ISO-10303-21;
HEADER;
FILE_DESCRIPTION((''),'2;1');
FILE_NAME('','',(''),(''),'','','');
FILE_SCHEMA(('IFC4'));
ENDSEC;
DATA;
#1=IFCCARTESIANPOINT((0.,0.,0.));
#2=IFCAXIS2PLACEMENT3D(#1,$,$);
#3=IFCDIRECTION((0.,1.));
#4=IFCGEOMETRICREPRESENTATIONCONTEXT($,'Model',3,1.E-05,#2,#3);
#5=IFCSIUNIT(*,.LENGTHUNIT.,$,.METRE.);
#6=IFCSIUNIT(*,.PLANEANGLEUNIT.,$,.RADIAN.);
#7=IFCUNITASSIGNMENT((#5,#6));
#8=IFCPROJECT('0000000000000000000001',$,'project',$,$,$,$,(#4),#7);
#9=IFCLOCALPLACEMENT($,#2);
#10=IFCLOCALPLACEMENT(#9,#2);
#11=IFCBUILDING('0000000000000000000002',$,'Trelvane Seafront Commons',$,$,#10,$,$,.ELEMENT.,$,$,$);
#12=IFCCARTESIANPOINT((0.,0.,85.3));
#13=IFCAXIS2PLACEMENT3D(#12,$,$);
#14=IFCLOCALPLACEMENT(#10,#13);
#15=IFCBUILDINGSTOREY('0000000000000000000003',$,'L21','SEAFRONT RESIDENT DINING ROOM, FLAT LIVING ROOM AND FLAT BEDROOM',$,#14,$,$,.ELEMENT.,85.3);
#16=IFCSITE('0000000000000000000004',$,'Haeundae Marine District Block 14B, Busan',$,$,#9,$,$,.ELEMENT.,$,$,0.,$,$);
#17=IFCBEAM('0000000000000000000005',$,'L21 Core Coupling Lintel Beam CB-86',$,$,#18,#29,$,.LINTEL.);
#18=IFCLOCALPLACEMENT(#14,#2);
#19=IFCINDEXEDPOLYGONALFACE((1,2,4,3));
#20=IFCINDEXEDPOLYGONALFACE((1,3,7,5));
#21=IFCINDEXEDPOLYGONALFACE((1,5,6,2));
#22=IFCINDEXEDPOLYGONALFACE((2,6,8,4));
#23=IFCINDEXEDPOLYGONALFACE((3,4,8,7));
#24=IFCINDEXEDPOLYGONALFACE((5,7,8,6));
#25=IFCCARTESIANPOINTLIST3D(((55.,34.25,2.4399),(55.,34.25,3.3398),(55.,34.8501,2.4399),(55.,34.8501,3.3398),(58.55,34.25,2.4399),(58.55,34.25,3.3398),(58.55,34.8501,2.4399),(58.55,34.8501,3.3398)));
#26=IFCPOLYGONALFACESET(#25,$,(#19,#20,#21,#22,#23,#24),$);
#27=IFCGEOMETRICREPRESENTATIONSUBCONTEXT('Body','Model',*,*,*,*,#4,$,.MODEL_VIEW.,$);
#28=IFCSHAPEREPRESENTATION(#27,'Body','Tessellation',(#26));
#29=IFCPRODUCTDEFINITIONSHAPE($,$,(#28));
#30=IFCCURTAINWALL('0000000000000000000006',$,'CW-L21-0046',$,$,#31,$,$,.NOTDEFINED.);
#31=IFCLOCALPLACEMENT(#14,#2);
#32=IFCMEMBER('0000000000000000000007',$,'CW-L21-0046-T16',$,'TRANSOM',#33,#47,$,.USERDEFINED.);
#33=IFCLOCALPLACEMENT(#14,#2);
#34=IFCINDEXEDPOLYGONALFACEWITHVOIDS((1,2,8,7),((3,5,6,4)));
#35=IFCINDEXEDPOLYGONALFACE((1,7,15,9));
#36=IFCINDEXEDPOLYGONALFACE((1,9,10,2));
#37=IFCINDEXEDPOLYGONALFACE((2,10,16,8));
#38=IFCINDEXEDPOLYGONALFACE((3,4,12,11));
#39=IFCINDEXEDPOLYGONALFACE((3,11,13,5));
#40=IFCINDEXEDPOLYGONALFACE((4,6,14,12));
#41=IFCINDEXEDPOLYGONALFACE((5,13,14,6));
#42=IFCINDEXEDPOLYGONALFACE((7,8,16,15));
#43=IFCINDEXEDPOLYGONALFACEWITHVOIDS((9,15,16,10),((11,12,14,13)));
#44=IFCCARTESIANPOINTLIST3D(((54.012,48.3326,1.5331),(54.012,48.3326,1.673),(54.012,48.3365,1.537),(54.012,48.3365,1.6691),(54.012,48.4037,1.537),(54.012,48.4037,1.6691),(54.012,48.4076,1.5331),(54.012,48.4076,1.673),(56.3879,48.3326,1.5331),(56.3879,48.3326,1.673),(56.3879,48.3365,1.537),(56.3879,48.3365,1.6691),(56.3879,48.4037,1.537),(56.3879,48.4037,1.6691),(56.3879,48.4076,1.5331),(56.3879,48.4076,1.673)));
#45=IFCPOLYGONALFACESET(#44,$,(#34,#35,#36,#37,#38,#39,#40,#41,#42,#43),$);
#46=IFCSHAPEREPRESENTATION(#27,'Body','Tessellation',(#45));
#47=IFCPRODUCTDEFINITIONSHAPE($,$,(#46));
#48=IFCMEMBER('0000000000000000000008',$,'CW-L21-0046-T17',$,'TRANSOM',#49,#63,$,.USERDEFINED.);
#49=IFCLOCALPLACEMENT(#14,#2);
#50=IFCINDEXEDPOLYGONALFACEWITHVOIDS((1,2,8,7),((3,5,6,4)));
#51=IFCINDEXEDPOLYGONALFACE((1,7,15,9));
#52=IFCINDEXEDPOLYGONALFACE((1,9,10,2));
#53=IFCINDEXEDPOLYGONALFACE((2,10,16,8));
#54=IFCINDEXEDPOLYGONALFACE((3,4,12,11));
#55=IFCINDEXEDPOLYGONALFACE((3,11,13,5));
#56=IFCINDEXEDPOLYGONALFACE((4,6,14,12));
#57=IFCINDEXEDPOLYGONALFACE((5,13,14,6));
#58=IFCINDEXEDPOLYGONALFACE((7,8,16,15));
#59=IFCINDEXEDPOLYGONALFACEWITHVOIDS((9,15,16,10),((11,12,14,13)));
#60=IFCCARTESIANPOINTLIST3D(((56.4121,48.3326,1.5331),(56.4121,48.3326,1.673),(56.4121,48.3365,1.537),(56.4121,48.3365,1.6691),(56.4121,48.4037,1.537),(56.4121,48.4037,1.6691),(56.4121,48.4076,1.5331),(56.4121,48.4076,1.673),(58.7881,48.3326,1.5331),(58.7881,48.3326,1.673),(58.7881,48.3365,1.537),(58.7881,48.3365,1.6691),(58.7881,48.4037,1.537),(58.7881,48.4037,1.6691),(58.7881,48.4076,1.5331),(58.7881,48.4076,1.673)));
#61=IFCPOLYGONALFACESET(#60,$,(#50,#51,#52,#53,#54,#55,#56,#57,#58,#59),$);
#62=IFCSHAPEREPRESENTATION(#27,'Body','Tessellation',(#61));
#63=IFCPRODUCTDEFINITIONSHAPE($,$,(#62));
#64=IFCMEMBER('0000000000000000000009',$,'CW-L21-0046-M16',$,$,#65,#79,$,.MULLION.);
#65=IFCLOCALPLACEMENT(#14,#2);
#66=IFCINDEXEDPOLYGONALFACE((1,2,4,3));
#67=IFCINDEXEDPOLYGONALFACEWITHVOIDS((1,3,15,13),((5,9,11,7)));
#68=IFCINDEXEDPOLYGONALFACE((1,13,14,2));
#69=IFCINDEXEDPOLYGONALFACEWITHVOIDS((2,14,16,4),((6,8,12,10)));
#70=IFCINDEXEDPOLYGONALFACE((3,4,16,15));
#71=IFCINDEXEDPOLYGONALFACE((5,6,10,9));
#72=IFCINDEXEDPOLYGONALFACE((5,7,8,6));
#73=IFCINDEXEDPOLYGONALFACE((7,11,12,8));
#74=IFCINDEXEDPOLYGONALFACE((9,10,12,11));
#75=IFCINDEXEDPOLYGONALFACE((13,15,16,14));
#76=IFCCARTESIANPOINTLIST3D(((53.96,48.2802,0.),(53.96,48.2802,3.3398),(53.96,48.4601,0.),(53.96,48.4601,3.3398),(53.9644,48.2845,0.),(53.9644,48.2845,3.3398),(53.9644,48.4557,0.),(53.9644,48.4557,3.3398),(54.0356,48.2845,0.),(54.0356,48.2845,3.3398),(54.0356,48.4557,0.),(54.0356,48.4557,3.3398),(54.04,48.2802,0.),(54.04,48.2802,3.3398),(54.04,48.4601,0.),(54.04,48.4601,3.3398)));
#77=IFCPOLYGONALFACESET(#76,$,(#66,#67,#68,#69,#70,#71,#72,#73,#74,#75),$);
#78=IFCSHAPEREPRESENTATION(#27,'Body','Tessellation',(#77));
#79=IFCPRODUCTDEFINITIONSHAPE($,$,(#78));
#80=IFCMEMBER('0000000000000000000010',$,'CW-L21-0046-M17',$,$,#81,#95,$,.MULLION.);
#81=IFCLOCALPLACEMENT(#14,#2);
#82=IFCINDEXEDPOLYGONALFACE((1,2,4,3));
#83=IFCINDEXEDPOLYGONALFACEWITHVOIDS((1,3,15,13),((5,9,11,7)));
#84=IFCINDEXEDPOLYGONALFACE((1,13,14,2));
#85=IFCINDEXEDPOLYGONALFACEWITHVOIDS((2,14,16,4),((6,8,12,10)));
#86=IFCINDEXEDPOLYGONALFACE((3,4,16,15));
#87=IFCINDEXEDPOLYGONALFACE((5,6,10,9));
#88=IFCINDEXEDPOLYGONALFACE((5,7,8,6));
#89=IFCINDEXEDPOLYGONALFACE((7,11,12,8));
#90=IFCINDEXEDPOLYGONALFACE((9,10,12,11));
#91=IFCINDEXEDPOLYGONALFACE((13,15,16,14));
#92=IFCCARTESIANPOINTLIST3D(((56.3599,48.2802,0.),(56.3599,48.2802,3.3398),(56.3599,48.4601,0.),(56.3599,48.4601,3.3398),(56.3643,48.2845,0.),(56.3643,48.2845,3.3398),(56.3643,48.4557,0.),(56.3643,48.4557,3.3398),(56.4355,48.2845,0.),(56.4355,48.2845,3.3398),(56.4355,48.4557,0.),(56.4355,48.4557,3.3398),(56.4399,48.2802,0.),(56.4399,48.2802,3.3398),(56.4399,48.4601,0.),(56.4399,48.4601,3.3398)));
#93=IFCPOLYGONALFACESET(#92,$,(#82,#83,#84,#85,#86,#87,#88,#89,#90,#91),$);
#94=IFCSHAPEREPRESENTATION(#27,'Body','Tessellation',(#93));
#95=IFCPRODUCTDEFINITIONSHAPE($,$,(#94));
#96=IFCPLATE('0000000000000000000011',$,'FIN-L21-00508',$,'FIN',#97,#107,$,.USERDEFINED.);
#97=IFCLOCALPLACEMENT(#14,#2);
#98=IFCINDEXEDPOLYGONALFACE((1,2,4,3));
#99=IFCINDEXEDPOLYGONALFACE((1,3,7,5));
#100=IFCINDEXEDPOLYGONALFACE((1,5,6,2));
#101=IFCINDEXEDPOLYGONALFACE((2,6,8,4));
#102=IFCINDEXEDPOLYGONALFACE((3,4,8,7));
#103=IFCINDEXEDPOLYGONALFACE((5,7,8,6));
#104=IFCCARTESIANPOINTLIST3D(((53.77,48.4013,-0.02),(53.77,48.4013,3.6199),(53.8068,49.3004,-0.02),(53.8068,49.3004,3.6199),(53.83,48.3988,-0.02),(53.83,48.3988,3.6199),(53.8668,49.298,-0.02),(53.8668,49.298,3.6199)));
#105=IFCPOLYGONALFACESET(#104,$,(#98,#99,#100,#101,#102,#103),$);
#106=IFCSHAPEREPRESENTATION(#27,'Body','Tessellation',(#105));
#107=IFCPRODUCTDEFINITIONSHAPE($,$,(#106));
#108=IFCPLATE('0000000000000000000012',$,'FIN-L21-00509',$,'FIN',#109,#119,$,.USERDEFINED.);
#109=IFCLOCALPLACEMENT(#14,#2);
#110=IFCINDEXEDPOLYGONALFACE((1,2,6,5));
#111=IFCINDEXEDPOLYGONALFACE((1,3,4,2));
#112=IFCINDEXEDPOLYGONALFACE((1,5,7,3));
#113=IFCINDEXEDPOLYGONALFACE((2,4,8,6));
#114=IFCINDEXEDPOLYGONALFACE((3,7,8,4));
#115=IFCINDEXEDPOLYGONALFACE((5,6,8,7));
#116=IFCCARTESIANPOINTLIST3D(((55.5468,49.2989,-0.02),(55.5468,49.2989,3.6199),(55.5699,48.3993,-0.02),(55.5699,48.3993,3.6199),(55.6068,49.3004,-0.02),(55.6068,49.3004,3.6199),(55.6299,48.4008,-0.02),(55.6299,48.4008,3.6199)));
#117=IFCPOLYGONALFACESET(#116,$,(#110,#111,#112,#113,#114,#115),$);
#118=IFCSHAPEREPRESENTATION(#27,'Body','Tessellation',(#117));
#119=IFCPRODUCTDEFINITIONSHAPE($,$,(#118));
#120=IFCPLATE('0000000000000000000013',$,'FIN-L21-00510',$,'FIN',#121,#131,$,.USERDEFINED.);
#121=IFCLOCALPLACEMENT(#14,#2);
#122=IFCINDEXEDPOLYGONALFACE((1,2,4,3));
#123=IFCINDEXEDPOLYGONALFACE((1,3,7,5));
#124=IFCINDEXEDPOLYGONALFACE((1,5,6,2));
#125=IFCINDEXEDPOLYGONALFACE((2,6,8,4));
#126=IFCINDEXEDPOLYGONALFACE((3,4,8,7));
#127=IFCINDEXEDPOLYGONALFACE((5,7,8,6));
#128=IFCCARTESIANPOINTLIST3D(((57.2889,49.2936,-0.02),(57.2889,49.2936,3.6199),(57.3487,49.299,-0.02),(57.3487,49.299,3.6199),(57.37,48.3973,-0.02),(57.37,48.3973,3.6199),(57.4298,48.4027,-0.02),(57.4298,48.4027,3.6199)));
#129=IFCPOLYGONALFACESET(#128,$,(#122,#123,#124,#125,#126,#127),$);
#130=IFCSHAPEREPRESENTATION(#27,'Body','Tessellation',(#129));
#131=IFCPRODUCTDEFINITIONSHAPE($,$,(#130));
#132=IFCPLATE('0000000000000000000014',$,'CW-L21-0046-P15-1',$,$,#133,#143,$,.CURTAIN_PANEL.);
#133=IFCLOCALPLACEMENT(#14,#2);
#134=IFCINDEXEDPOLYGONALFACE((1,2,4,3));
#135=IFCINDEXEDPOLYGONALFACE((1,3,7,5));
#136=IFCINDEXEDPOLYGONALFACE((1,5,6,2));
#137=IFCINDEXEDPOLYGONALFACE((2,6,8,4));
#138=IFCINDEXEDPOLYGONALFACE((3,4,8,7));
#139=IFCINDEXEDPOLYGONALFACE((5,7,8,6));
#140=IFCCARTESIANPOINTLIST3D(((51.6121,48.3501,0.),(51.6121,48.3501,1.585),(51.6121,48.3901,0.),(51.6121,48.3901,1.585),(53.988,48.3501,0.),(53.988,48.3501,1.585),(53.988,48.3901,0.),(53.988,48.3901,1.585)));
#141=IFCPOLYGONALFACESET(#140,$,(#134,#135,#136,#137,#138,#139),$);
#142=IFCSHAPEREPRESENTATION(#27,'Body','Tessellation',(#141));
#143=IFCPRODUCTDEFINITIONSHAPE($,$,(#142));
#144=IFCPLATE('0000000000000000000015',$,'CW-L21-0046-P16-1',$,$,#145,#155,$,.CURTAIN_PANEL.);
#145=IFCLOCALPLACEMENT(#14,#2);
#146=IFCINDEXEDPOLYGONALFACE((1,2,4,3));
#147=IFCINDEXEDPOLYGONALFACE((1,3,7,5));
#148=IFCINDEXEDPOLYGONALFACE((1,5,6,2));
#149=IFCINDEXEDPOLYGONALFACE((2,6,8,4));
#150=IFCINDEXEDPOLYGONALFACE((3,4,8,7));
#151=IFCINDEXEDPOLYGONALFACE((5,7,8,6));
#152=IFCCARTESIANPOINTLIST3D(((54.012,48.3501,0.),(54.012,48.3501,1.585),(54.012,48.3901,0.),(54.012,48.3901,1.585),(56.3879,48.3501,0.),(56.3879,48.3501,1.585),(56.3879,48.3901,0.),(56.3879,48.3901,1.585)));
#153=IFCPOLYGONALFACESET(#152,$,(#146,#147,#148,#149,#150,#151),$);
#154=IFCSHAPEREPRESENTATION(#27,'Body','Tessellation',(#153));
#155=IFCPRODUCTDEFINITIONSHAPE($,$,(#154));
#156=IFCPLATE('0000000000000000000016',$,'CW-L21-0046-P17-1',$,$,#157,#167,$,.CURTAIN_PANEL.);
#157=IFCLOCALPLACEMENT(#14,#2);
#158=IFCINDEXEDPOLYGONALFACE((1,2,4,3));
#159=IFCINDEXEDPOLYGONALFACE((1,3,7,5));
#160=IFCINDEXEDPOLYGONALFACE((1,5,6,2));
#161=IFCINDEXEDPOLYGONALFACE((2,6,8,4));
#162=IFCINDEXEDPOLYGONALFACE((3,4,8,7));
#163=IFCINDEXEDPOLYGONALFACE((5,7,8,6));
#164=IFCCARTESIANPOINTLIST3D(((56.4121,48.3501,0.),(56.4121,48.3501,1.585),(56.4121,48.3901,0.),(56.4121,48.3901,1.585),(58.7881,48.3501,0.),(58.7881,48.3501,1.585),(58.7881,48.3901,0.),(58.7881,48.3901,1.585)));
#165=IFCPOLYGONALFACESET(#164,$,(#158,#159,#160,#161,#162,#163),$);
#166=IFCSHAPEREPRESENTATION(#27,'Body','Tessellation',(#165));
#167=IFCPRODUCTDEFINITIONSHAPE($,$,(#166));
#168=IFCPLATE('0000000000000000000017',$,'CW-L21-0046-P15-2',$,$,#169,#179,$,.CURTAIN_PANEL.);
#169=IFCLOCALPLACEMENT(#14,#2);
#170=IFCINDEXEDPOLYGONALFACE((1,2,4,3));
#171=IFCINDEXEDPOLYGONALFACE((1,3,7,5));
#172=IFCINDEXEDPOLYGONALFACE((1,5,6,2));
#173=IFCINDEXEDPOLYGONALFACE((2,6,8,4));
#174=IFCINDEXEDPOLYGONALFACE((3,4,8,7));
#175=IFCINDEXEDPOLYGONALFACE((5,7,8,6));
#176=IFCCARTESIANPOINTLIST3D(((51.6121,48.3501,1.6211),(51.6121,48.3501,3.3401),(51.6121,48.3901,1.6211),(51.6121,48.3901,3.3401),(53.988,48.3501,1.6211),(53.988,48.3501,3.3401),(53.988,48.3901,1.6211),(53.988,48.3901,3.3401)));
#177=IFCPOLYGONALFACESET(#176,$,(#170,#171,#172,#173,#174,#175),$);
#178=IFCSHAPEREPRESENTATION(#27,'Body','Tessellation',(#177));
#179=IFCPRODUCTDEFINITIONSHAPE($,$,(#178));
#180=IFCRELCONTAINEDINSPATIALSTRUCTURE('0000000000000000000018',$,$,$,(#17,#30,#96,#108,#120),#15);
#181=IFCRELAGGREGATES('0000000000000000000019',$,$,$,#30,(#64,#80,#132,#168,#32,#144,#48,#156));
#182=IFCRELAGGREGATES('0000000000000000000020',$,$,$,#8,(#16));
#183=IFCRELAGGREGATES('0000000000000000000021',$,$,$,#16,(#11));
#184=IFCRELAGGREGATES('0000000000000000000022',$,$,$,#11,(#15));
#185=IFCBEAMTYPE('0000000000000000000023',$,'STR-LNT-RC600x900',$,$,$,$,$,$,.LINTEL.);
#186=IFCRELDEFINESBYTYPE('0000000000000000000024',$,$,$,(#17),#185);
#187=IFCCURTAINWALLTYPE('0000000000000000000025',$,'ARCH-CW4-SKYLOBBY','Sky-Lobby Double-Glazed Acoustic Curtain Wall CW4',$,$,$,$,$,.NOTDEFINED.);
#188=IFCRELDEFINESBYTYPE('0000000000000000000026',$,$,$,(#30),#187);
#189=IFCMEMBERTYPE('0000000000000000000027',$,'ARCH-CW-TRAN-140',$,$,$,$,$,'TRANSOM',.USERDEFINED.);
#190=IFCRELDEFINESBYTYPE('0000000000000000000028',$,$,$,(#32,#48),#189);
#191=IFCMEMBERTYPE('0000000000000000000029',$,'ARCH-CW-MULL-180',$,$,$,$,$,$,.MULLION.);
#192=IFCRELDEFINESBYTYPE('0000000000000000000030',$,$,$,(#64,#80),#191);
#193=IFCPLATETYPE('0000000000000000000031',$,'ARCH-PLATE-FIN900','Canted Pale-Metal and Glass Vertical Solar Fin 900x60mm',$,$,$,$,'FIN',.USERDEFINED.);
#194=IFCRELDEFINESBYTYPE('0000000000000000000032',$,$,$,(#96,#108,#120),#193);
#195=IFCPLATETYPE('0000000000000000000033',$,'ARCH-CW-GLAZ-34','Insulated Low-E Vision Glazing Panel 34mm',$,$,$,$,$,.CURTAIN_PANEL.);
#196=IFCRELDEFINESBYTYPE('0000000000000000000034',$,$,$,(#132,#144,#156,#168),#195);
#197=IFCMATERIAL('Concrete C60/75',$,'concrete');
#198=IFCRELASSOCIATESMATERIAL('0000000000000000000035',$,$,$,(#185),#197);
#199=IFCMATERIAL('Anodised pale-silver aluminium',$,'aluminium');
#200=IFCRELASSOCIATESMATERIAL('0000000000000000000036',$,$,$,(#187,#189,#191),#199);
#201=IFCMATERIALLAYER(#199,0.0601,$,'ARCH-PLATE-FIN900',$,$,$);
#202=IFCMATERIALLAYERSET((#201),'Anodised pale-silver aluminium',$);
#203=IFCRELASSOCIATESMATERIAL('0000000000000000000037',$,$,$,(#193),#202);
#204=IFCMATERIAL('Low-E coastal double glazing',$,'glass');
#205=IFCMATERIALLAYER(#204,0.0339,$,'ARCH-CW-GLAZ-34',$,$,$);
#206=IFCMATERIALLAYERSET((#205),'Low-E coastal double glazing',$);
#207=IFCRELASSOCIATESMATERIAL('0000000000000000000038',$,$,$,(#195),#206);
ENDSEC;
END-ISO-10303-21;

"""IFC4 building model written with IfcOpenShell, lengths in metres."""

from ifc_helpers import new_model, si_unit, direction, frame, origin, origin_2d, place, context, subcontext, project, spatial, rectangle, hollow_rectangle, extrude, source, transform, mapped, material, layer, layer_set, material_profile, profile_set, type_object, element, aggregate, save


model = new_model("IFC4")

# Units and contexts
model_context = context("Model", 3, precision=1e-05, world=origin(), true_north=direction((0.0, 1.0)))
body_context = subcontext(model_context, "Body", "Model", "MODEL_VIEW")
ifc_project = project(units=[si_unit("LENGTHUNIT", "METRE"), si_unit("PLANEANGLEUNIT", "RADIAN")], contexts=[model_context])

# Site, building, storey
site_placement = place(None, origin())
site = spatial("IfcSite", under=ifc_project, at=site_placement, Name="Haeundae Marine District Block 14B, Busan", CompositionType="ELEMENT", RefElevation=0.0)
building_placement = place(site_placement, origin())
building = spatial("IfcBuilding", under=site, at=building_placement, Name="Trelvane Seafront Commons", CompositionType="ELEMENT")
storey_placement = place(building_placement, frame((0.0, 0.0, 85.3)))
storey = spatial("IfcBuildingStorey", under=building, at=storey_placement, Name="L21", Description="SEAFRONT RESIDENT DINING ROOM, FLAT LIVING ROOM AND FLAT BEDROOM", CompositionType="ELEMENT", Elevation=85.3)

# Beam
ifc_material_1 = material(Name="Concrete C60/75", Category="concrete")
ifc_material_profile_1 = material_profile(ifc_material_1, rectangle(XDim=0.6001, YDim=0.8999, at=origin_2d()), Name="RC-600x900")
ifc_profile_set_1 = profile_set([ifc_material_profile_1], Name="Concrete C60/75")
beam_type = type_object("IfcBeamType", Name="STR-LNT-RC600x900", PredefinedType="LINTEL", material=ifc_profile_set_1)
shared_shape_1 = source(origin(), body_context, "Body", "SweptSolid", [
    extrude(rectangle(XDim=0.6001, YDim=0.8999, at=origin_2d()), origin(), (0.0, 0.0, 1.0), 3.55),
])
beam_placement = place(storey_placement, frame((55.0, 34.55, 2.8899), z_axis=(1.0, 0.0, 0.0), x_axis=(0.0, 1.0, 0.0)))
element("IfcBeam", 1, at=beam_placement, inside=storey, type_object=beam_type, Name="L21 Core Coupling Lintel Beam CB-86", PredefinedType="LINTEL", context=body_context, shape_type="MappedRepresentation", body=[
    mapped(shared_shape_1, transform((0.0, 0.0, 0.0), x_axis=(1.0, 0.0, 0.0), y_axis=(0.0, 1.0, 0.0), z_axis=(0.0, 0.0, 1.0), scale=1.0)),
])

# Curtain wall, members
ifc_material_2 = material(Name="Anodised pale-silver aluminium", Category="aluminium")
curtain_wall_type = type_object("IfcCurtainWallType", Name="ARCH-CW4-SKYLOBBY", Description="Sky-Lobby Double-Glazed Acoustic Curtain Wall CW4", PredefinedType="NOTDEFINED", material=ifc_material_2)
curtain_wall_placement = place(storey_placement, origin())
curtain_wall = element("IfcCurtainWall", 2, at=curtain_wall_placement, inside=storey, type_object=curtain_wall_type, Name="CW-L21-0046", PredefinedType="NOTDEFINED")
ifc_material_profile_2 = material_profile(ifc_material_2, hollow_rectangle(XDim=0.075, YDim=0.1399, WallThickness=0.0039, at=origin_2d()), Name="TRAN-75x140x4")
ifc_profile_set_2 = profile_set([ifc_material_profile_2], Name="Anodised pale-silver aluminium")
member_type_1 = type_object("IfcMemberType", Name="ARCH-CW-TRAN-140", ElementType="TRANSOM", PredefinedType="USERDEFINED", material=ifc_profile_set_2)
shared_shape_2 = source(origin(), body_context, "Body", "SweptSolid", [
    extrude(hollow_rectangle(XDim=0.075, YDim=0.1399, WallThickness=0.0039, at=origin_2d()), origin(), (0.0, 0.0, 1.0), 2.376),
])
member_1_placement = place(storey_placement, frame((54.012, 48.3701, 1.603), z_axis=(1.0, 0.0, 0.0), x_axis=(0.0, 1.0, 0.0)))
member_1 = element("IfcMember", 3, at=member_1_placement, type_object=member_type_1, Name="CW-L21-0046-T16", ObjectType="TRANSOM", PredefinedType="USERDEFINED", context=body_context, shape_type="MappedRepresentation", body=[
    mapped(shared_shape_2, transform((0.0, 0.0, 0.0), x_axis=(1.0, 0.0, 0.0), y_axis=(0.0, 1.0, 0.0), z_axis=(0.0, 0.0, 1.0), scale=1.0)),
])
member_2_placement = place(storey_placement, frame((56.4121, 48.3701, 1.603), z_axis=(1.0, 0.0, 0.0), x_axis=(0.0, 1.0, 0.0)))
member_2 = element("IfcMember", 4, at=member_2_placement, type_object=member_type_1, Name="CW-L21-0046-T17", ObjectType="TRANSOM", PredefinedType="USERDEFINED", context=body_context, shape_type="MappedRepresentation", body=[
    mapped(shared_shape_2, transform((0.0, 0.0, 0.0), x_axis=(1.0, 0.0, 0.0), y_axis=(0.0, 1.0, 0.0), z_axis=(0.0, 0.0, 1.0), scale=1.0)),
])
ifc_material_profile_3 = material_profile(ifc_material_2, hollow_rectangle(XDim=0.0801, YDim=0.1799, WallThickness=0.0044, at=origin_2d()), Name="MULL-80x180x4.5")
ifc_profile_set_3 = profile_set([ifc_material_profile_3], Name="Anodised pale-silver aluminium")
member_type_2 = type_object("IfcMemberType", Name="ARCH-CW-MULL-180", PredefinedType="MULLION", material=ifc_profile_set_3)
shared_shape_3 = source(origin(), body_context, "Body", "SweptSolid", [
    extrude(hollow_rectangle(XDim=0.0801, YDim=0.1799, WallThickness=0.0044, at=origin_2d()), origin(), (0.0, 0.0, 1.0), 3.3398),
])
member_3_placement = place(storey_placement, frame((54.0, 48.3701, 0.0), z_axis=(0.0, 0.0, 1.0), x_axis=(1.0, 0.0, 0.0)))
member_3 = element("IfcMember", 5, at=member_3_placement, type_object=member_type_2, Name="CW-L21-0046-M16", PredefinedType="MULLION", context=body_context, shape_type="MappedRepresentation", body=[
    mapped(shared_shape_3, transform((0.0, 0.0, 0.0), x_axis=(1.0, 0.0, 0.0), y_axis=(0.0, 1.0, 0.0), z_axis=(0.0, 0.0, 1.0), scale=1.0)),
])
member_4_placement = place(storey_placement, frame((56.3999, 48.3701, 0.0), z_axis=(0.0, 0.0, 1.0), x_axis=(1.0, 0.0, 0.0)))
member_4 = element("IfcMember", 6, at=member_4_placement, type_object=member_type_2, Name="CW-L21-0046-M17", PredefinedType="MULLION", context=body_context, shape_type="MappedRepresentation", body=[
    mapped(shared_shape_3, transform((0.0, 0.0, 0.0), x_axis=(1.0, 0.0, 0.0), y_axis=(0.0, 1.0, 0.0), z_axis=(0.0, 0.0, 1.0), scale=1.0)),
])

# Plates
ifc_layer_1 = layer(ifc_material_2, 0.0601, Name="ARCH-PLATE-FIN900")
ifc_layer_set_1 = layer_set([ifc_layer_1], Name="Anodised pale-silver aluminium")
plate_type_1 = type_object("IfcPlateType", Name="ARCH-PLATE-FIN900", Description="Canted Pale-Metal and Glass Vertical Solar Fin 900x60mm", ElementType="FIN", PredefinedType="USERDEFINED", material=ifc_layer_set_1)
shared_shape_4 = source(origin(), body_context, "Body", "SweptSolid", [
    extrude(rectangle(XDim=0.8999, YDim=0.0601, at=origin_2d()), origin(), (0.0, 0.0, 1.0), 3.6399),
])
for number, where, z_axis, x_axis, name in (
    (7, (53.8184, 48.8496, -0.02), (0.0, 0.0, 1.0), (0.04089, 0.999164, 0.0), "FIN-L21-00508"),
    (8, (55.5884, 48.8499, -0.02), (0.0, 0.0, 1.0), (-0.025667, 0.999671, 0.0), "FIN-L21-00509"),
    (9, (57.3594, 48.8481, -0.02), (0.0, 0.0, 1.0), (-0.090115, 0.995931, 0.0), "FIN-L21-00510"),
):
    element("IfcPlate", number, at=place(storey_placement, frame(where, z_axis=z_axis, x_axis=x_axis)), inside=storey, type_object=plate_type_1, Name=name, ObjectType="FIN", PredefinedType="USERDEFINED", context=body_context, shape_type="MappedRepresentation", body=[
        mapped(shared_shape_4, transform((0.0, 0.0, 0.0), x_axis=(1.0, 0.0, 0.0), y_axis=(0.0, 1.0, 0.0), z_axis=(0.0, 0.0, 1.0), scale=1.0)),
    ])

# Plates
ifc_material_3 = material(Name="Low-E coastal double glazing", Category="glass")
ifc_layer_2 = layer(ifc_material_3, 0.0339, Name="ARCH-CW-GLAZ-34")
ifc_layer_set_2 = layer_set([ifc_layer_2], Name="Low-E coastal double glazing")
plate_type_2 = type_object("IfcPlateType", Name="ARCH-CW-GLAZ-34", Description="Insulated Low-E Vision Glazing Panel 34mm", PredefinedType="CURTAIN_PANEL", material=ifc_layer_set_2)
shared_shape_5 = source(origin(), body_context, "Body", "SweptSolid", [
    extrude(rectangle(XDim=2.376, YDim=0.04, at=origin_2d()), origin(), (0.0, 0.0, 1.0), 1.585),
])
plate_1_placement = place(storey_placement, frame((52.8, 48.3701, 0.0), z_axis=(0.0, 0.0, 1.0), x_axis=(1.0, 0.0, 0.0)))
plate_1 = element("IfcPlate", 10, at=plate_1_placement, type_object=plate_type_2, Name="CW-L21-0046-P15-1", PredefinedType="CURTAIN_PANEL", context=body_context, shape_type="MappedRepresentation", body=[
    mapped(shared_shape_5, transform((0.0, 0.0, 0.0), x_axis=(1.0, 0.0, 0.0), y_axis=(0.0, 1.0, 0.0), z_axis=(0.0, 0.0, 1.0), scale=1.0)),
])
plate_2_placement = place(storey_placement, frame((55.2, 48.3701, 0.0), z_axis=(0.0, 0.0, 1.0), x_axis=(1.0, 0.0, 0.0)))
plate_2 = element("IfcPlate", 11, at=plate_2_placement, type_object=plate_type_2, Name="CW-L21-0046-P16-1", PredefinedType="CURTAIN_PANEL", context=body_context, shape_type="MappedRepresentation", body=[
    mapped(shared_shape_5, transform((0.0, 0.0, 0.0), x_axis=(1.0, 0.0, 0.0), y_axis=(0.0, 1.0, 0.0), z_axis=(0.0, 0.0, 1.0), scale=1.0)),
])
plate_3_placement = place(storey_placement, frame((57.6001, 48.3701, 0.0), z_axis=(0.0, 0.0, 1.0), x_axis=(1.0, 0.0, 0.0)))
plate_3 = element("IfcPlate", 12, at=plate_3_placement, type_object=plate_type_2, Name="CW-L21-0046-P17-1", PredefinedType="CURTAIN_PANEL", context=body_context, shape_type="MappedRepresentation", body=[
    mapped(shared_shape_5, transform((0.0, 0.0, 0.0), x_axis=(1.0, 0.0, 0.0), y_axis=(0.0, 1.0, 0.0), z_axis=(0.0, 0.0, 1.0), scale=1.0)),
])
shared_shape_6 = source(origin(), body_context, "Body", "SweptSolid", [
    extrude(rectangle(XDim=2.376, YDim=0.04, at=origin_2d()), origin(), (0.0, 0.0, 1.0), 1.719),
])
plate_4_placement = place(storey_placement, frame((52.8, 48.3701, 1.6211), z_axis=(0.0, 0.0, 1.0), x_axis=(1.0, 0.0, 0.0)))
plate_4 = element("IfcPlate", 13, at=plate_4_placement, type_object=plate_type_2, Name="CW-L21-0046-P15-2", PredefinedType="CURTAIN_PANEL", context=body_context, shape_type="MappedRepresentation", body=[
    mapped(shared_shape_6, transform((0.0, 0.0, 0.0), x_axis=(1.0, 0.0, 0.0), y_axis=(0.0, 1.0, 0.0), z_axis=(0.0, 0.0, 1.0), scale=1.0)),
])
aggregate(curtain_wall, [member_3, member_4, plate_1, plate_4, member_1, plate_2, member_2, plate_3])

save(model, "model.ifc")
